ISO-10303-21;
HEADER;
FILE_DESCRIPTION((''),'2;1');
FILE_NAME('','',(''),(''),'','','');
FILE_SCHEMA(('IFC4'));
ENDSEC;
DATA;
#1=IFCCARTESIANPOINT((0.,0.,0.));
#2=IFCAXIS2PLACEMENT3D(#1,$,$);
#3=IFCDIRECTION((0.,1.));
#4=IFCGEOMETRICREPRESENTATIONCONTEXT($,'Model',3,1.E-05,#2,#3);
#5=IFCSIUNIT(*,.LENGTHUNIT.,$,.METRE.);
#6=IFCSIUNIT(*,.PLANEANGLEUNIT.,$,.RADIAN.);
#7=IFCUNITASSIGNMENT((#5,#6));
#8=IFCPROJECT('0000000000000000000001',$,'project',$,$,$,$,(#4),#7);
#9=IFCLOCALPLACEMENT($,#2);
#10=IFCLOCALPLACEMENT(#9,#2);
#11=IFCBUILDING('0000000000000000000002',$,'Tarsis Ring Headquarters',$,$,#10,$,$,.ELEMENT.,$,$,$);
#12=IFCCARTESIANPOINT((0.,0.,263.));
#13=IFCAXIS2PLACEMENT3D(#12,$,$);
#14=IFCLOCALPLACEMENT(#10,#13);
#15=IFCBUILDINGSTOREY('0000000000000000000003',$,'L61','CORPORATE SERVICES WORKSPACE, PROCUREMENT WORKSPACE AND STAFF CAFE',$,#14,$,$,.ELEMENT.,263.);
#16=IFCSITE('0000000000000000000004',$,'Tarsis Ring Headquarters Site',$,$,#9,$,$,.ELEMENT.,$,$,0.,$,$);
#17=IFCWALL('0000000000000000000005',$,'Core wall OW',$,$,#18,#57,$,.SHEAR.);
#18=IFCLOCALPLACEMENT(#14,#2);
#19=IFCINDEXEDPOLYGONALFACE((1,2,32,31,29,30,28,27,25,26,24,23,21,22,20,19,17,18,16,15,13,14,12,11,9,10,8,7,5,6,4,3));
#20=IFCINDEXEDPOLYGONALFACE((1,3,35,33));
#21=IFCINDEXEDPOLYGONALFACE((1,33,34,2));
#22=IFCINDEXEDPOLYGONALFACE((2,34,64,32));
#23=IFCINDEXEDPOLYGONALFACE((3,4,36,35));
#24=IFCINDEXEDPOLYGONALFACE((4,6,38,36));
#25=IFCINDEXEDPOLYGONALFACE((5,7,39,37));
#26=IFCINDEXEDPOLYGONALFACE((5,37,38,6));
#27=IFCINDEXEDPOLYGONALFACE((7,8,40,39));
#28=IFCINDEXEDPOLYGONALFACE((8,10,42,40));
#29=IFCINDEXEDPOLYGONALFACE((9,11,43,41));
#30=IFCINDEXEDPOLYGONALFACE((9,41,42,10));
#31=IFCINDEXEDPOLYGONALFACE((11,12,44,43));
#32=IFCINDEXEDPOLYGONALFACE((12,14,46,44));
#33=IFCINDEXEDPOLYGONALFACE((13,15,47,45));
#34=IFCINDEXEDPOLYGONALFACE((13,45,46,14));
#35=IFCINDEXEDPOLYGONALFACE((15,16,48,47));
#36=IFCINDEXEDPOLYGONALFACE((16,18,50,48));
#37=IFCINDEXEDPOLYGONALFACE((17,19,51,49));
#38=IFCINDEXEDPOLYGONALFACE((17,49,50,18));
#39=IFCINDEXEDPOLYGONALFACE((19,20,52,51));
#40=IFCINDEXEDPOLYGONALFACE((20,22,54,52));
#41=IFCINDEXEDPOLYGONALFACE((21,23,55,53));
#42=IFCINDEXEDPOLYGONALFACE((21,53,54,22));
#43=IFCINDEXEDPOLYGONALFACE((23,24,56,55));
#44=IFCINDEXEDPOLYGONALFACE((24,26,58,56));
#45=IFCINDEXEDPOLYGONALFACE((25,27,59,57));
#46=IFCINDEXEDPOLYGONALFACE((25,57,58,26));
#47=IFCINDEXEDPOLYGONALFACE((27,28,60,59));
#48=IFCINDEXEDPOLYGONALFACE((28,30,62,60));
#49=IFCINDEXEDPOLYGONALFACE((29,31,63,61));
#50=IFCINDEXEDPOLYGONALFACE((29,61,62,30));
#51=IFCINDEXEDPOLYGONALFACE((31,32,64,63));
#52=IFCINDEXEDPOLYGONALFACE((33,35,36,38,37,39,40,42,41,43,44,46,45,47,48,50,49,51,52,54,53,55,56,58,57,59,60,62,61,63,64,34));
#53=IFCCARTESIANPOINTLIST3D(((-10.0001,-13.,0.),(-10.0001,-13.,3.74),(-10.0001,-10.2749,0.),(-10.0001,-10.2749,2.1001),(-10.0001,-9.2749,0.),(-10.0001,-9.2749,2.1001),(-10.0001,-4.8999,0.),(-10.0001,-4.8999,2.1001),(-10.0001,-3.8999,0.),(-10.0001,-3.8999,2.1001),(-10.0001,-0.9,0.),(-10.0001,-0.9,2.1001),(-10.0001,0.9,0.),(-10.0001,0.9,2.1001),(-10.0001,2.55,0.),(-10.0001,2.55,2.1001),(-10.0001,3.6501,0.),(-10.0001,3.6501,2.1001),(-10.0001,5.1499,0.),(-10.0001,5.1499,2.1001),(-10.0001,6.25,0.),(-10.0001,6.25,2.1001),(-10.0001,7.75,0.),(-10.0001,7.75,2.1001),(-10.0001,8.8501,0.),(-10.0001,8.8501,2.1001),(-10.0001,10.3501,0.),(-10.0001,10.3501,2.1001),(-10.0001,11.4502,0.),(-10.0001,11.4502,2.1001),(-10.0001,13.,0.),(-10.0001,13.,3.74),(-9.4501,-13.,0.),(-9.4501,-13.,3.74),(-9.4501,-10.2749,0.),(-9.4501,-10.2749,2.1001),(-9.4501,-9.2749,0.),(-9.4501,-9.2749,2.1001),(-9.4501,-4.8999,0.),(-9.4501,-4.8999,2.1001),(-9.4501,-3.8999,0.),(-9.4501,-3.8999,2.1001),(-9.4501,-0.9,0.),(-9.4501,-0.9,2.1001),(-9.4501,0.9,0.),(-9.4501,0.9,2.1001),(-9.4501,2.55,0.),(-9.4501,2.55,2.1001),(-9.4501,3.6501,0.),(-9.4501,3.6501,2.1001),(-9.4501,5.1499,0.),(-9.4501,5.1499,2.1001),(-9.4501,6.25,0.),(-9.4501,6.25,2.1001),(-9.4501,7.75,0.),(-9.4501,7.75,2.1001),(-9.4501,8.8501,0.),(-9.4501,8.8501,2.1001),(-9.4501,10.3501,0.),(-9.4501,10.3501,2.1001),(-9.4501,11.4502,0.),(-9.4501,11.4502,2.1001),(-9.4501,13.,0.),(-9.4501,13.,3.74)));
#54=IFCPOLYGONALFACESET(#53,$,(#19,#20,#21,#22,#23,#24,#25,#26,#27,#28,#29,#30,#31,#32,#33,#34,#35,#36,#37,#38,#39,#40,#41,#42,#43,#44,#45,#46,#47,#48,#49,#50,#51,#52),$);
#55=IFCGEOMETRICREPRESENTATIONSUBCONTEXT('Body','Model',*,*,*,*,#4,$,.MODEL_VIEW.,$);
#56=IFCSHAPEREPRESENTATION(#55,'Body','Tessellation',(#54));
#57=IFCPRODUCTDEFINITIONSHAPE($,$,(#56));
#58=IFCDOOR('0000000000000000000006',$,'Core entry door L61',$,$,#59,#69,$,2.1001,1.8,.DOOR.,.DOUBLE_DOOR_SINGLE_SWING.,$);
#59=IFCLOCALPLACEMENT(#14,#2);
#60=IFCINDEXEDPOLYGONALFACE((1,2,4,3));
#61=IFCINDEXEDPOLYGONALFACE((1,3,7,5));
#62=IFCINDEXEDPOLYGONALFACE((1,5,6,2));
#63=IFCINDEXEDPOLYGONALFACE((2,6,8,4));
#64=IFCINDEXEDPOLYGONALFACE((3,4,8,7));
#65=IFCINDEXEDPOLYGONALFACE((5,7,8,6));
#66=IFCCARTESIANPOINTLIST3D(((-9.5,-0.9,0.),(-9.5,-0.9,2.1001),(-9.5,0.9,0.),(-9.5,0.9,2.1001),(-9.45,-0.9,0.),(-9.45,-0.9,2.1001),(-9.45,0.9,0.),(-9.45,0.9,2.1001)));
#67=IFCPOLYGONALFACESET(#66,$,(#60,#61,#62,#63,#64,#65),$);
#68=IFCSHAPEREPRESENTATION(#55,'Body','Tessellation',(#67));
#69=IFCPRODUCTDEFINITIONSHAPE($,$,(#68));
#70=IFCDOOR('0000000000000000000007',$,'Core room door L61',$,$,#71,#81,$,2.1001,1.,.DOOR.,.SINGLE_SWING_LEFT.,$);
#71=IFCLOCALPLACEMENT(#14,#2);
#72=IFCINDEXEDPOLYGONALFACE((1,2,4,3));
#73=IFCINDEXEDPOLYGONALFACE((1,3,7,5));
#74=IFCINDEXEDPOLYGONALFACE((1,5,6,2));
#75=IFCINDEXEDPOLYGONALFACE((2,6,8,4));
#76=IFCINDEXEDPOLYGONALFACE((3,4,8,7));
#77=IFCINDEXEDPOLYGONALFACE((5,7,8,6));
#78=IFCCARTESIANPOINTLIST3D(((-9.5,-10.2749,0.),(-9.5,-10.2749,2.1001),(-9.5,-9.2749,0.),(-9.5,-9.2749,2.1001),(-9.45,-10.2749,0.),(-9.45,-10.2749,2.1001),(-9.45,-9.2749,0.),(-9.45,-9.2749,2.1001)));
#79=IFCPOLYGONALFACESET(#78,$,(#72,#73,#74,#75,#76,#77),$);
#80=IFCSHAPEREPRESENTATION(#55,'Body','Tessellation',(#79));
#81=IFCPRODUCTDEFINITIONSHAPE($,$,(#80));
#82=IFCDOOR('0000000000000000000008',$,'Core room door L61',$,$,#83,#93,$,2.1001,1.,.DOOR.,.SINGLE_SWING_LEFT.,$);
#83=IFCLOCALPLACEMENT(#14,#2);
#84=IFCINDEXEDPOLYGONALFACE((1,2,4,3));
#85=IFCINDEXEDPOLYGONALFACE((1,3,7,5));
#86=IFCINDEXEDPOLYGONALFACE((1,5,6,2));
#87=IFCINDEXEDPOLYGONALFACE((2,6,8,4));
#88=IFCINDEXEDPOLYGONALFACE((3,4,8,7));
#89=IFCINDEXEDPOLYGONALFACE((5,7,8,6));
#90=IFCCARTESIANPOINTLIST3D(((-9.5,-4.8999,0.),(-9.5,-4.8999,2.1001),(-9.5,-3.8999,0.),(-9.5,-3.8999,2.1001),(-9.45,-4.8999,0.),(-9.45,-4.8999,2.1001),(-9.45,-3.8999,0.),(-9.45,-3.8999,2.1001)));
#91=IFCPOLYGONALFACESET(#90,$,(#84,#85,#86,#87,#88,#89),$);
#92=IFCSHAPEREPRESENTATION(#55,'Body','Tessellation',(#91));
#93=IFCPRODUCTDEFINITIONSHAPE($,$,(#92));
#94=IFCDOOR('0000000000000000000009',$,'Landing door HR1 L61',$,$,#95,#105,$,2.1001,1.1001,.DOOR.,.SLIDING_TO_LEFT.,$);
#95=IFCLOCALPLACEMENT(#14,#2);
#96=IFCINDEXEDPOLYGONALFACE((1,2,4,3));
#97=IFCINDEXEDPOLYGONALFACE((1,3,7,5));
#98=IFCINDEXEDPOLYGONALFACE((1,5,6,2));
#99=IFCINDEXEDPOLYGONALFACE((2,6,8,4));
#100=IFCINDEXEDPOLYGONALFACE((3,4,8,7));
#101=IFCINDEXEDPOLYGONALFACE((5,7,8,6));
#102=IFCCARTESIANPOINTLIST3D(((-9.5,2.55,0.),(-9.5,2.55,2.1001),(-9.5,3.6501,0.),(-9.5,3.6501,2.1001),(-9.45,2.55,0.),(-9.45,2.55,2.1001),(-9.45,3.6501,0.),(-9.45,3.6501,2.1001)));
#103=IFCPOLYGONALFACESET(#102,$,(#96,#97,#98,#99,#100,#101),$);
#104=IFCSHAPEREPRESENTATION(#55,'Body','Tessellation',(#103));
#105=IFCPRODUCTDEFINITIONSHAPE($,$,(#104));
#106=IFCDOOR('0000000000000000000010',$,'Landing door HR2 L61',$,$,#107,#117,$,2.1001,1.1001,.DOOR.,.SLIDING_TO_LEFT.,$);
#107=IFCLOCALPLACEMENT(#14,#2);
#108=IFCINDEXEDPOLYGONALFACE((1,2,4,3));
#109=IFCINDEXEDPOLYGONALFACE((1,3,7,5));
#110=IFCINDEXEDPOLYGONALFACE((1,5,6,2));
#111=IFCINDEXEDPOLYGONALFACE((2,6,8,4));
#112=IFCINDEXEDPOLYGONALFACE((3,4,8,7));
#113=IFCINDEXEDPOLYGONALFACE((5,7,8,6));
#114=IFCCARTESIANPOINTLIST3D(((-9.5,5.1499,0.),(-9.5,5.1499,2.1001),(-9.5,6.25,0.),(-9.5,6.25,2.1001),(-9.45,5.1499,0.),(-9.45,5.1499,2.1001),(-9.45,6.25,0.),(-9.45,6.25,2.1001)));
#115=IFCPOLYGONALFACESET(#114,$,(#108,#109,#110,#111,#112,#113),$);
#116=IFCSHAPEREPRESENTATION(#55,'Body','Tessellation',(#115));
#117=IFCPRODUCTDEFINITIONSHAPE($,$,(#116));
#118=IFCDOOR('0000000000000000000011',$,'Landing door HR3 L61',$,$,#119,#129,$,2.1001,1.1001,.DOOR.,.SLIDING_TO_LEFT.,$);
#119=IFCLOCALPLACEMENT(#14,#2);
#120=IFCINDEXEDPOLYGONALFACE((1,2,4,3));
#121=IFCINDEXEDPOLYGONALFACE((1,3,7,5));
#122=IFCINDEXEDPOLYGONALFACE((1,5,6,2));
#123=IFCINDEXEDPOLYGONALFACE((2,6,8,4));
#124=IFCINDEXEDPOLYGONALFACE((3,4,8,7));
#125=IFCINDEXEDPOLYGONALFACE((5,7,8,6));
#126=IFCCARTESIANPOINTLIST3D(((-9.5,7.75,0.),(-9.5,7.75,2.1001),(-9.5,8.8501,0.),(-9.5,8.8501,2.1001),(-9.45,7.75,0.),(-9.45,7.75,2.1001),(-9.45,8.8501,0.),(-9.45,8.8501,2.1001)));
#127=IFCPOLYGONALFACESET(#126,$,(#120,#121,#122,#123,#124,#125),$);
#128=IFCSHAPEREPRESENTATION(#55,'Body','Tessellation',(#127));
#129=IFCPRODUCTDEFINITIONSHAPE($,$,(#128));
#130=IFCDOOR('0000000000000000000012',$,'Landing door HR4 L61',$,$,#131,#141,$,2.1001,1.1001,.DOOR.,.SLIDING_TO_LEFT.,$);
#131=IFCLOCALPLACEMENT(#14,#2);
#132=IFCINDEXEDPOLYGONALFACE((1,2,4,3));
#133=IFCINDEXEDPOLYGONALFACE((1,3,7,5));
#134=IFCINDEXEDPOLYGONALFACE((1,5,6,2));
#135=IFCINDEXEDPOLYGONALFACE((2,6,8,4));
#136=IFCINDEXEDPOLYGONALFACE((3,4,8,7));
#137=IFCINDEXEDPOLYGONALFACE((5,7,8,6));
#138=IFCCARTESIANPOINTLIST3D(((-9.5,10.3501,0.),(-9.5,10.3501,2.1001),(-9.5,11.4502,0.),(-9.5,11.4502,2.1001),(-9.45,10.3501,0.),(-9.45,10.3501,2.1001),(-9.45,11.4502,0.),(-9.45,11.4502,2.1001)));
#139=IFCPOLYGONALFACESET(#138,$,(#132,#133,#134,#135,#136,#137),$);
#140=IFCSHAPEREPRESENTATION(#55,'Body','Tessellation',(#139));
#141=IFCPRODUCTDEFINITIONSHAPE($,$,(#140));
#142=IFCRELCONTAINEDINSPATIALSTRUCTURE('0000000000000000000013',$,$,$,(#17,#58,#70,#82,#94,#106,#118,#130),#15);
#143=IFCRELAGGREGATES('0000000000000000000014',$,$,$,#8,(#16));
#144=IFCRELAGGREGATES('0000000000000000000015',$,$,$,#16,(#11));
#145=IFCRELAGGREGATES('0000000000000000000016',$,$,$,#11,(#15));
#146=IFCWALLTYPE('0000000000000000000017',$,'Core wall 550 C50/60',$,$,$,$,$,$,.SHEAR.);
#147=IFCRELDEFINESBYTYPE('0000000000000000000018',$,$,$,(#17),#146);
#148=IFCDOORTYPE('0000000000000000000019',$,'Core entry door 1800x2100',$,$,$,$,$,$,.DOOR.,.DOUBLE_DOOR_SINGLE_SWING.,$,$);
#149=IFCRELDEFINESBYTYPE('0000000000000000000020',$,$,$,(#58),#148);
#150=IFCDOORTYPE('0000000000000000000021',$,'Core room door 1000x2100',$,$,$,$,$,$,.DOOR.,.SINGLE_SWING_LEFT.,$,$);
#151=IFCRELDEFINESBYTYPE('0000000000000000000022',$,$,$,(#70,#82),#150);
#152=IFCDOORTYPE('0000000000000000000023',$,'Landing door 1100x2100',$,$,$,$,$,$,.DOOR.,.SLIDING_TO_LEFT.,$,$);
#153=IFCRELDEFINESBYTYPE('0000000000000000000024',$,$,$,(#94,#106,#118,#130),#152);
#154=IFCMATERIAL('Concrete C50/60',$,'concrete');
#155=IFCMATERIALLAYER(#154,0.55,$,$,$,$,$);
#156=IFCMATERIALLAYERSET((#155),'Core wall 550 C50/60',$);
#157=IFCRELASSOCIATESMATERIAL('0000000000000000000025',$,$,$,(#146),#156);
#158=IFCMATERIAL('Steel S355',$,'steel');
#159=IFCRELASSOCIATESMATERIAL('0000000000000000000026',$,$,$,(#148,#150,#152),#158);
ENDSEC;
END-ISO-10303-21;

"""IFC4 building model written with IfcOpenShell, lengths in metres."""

from ifc_helpers import new_model, si_unit, direction, frame, frame_2d, origin, place, context, subcontext, project, spatial, rectangle, extrude, material, layer, layer_set, type_object, element, fill, save


model = new_model("IFC4")

# Units and contexts
model_context = context("Model", 3, precision=1e-05, world=origin(), true_north=direction((0.0, 1.0)))
body_context = subcontext(model_context, "Body", "Model", "MODEL_VIEW")
ifc_project = project(units=[si_unit("LENGTHUNIT", "METRE"), si_unit("PLANEANGLEUNIT", "RADIAN")], contexts=[model_context])

# Site, building, storey
site_placement = place(None, origin())
site = spatial("IfcSite", under=ifc_project, at=site_placement, Name="Tarsis Ring Headquarters Site", CompositionType="ELEMENT", RefElevation=0.0)
building_placement = place(site_placement, origin())
building = spatial("IfcBuilding", under=site, at=building_placement, Name="Tarsis Ring Headquarters", CompositionType="ELEMENT")
storey_placement = place(building_placement, frame((0.0, 0.0, 263.0)))
storey = spatial("IfcBuildingStorey", under=building, at=storey_placement, Name="L61", Description="CORPORATE SERVICES WORKSPACE, PROCUREMENT WORKSPACE AND STAFF CAFE", CompositionType="ELEMENT", Elevation=263.0)

# Wall, openings, doors
ifc_material_1 = material(Name="Concrete C50/60", Category="concrete")
ifc_layer_1 = layer(ifc_material_1, 0.55)
ifc_layer_set_1 = layer_set([ifc_layer_1], Name="Core wall 550 C50/60")
wall_type_1 = type_object("IfcWallType", Name="Core wall 550 C50/60", PredefinedType="SHEAR", material=ifc_layer_set_1)
wall_1_placement = place(storey_placement, frame((-9.7251, -13.0, 0.0), z_axis=(0.0, 0.0, 1.0), x_axis=(0.0, 1.0, 0.0)))
wall_1 = element("IfcWall", 1, at=wall_1_placement, inside=storey, type_object=wall_type_1, Name="Core wall OW", PredefinedType="SHEAR", context=body_context, shape_type="SweptSolid", body=[
    extrude(rectangle(XDim=26.0, YDim=0.55, at=frame_2d((13.0, 0.0))), origin(), (0.0, 0.0, 1.0), 3.74),
])
opening_1_placement = place(wall_1_placement, frame((2.7251, 0.0, 0.0)))
opening_1 = element("IfcOpeningElement", 2, at=opening_1_placement, cuts=wall_1, PredefinedType="OPENING", context=body_context, shape_type="SweptSolid", body=[
    extrude(rectangle(XDim=1.0, YDim=2.1001, at=frame_2d((0.5, 1.05))), frame((0.0, 0.2849, 0.0), z_axis=(0.0, -1.0, 0.0), x_axis=(1.0, 0.0, 0.0)), (0.0, 0.0, 1.0), 0.5701),
])
opening_2_placement = place(wall_1_placement, frame((8.1001, 0.0, 0.0)))
opening_2 = element("IfcOpeningElement", 3, at=opening_2_placement, cuts=wall_1, PredefinedType="OPENING", context=body_context, shape_type="SweptSolid", body=[
    extrude(rectangle(XDim=1.0, YDim=2.1001, at=frame_2d((0.5, 1.05))), frame((0.0, 0.2849, 0.0), z_axis=(0.0, -1.0, 0.0), x_axis=(1.0, 0.0, 0.0)), (0.0, 0.0, 1.0), 0.5701),
])
opening_3_placement = place(wall_1_placement, frame((12.1001, 0.0, 0.0)))
opening_3 = element("IfcOpeningElement", 4, at=opening_3_placement, cuts=wall_1, PredefinedType="OPENING", context=body_context, shape_type="SweptSolid", body=[
    extrude(rectangle(XDim=1.8, YDim=2.1001, at=frame_2d((0.8999, 1.05))), frame((0.0, 0.2849, 0.0), z_axis=(0.0, -1.0, 0.0), x_axis=(1.0, 0.0, 0.0)), (0.0, 0.0, 1.0), 0.5701),
])
opening_4_placement = place(wall_1_placement, frame((15.55, 0.0, 0.0)))
opening_4 = element("IfcOpeningElement", 5, at=opening_4_placement, cuts=wall_1, PredefinedType="OPENING", context=body_context, shape_type="SweptSolid", body=[
    extrude(rectangle(XDim=1.1001, YDim=2.1001, at=frame_2d((0.55, 1.05))), frame((0.0, 0.2849, 0.0), z_axis=(0.0, -1.0, 0.0), x_axis=(1.0, 0.0, 0.0)), (0.0, 0.0, 1.0), 0.5701),
])
opening_5_placement = place(wall_1_placement, frame((18.1499, 0.0, 0.0)))
opening_5 = element("IfcOpeningElement", 6, at=opening_5_placement, cuts=wall_1, PredefinedType="OPENING", context=body_context, shape_type="SweptSolid", body=[
    extrude(rectangle(XDim=1.1001, YDim=2.1001, at=frame_2d((0.55, 1.05))), frame((0.0, 0.2849, 0.0), z_axis=(0.0, -1.0, 0.0), x_axis=(1.0, 0.0, 0.0)), (0.0, 0.0, 1.0), 0.5701),
])
opening_6_placement = place(wall_1_placement, frame((20.75, 0.0, 0.0)))
opening_6 = element("IfcOpeningElement", 7, at=opening_6_placement, cuts=wall_1, PredefinedType="OPENING", context=body_context, shape_type="SweptSolid", body=[
    extrude(rectangle(XDim=1.1001, YDim=2.1001, at=frame_2d((0.55, 1.05))), frame((0.0, 0.2849, 0.0), z_axis=(0.0, -1.0, 0.0), x_axis=(1.0, 0.0, 0.0)), (0.0, 0.0, 1.0), 0.5701),
])
opening_7_placement = place(wall_1_placement, frame((23.3501, 0.0, 0.0)))
opening_7 = element("IfcOpeningElement", 8, at=opening_7_placement, cuts=wall_1, PredefinedType="OPENING", context=body_context, shape_type="SweptSolid", body=[
    extrude(rectangle(XDim=1.1001, YDim=2.1001, at=frame_2d((0.55, 1.05))), frame((0.0, 0.2849, 0.0), z_axis=(0.0, -1.0, 0.0), x_axis=(1.0, 0.0, 0.0)), (0.0, 0.0, 1.0), 0.5701),
])
ifc_material_2 = material(Name="Steel S355", Category="steel")
door_type_1 = type_object("IfcDoorType", Name="Core entry door 1800x2100", OperationType="DOUBLE_DOOR_SINGLE_SWING", PredefinedType="DOOR", material=ifc_material_2)
door_1_placement = place(opening_3_placement, origin())
door_1 = element("IfcDoor", 9, at=door_1_placement, inside=storey, type_object=door_type_1, Name="Core entry door L61", OperationType="DOUBLE_DOOR_SINGLE_SWING", OverallHeight=2.1001, OverallWidth=1.8, PredefinedType="DOOR", context=body_context, shape_type="SweptSolid", body=[
    extrude(rectangle(XDim=1.8, YDim=2.1001, at=frame_2d((0.8999, 1.05))), frame((0.0, -0.2251, 0.0), z_axis=(0.0, -1.0, 0.0), x_axis=(1.0, 0.0, 0.0)), (0.0, 0.0, 1.0), 0.05),
])
fill(opening_3, door_1)
door_type_2 = type_object("IfcDoorType", Name="Core room door 1000x2100", OperationType="SINGLE_SWING_LEFT", PredefinedType="DOOR", material=ifc_material_2)
door_2_placement = place(opening_1_placement, origin())
door_2 = element("IfcDoor", 10, at=door_2_placement, inside=storey, type_object=door_type_2, Name="Core room door L61", OperationType="SINGLE_SWING_LEFT", OverallHeight=2.1001, OverallWidth=1.0, PredefinedType="DOOR", context=body_context, shape_type="SweptSolid", body=[
    extrude(rectangle(XDim=1.0, YDim=2.1001, at=frame_2d((0.5, 1.05))), frame((0.0, -0.2251, 0.0), z_axis=(0.0, -1.0, 0.0), x_axis=(1.0, 0.0, 0.0)), (0.0, 0.0, 1.0), 0.05),
])
fill(opening_1, door_2)
door_3_placement = place(opening_2_placement, origin())
door_3 = element("IfcDoor", 11, at=door_3_placement, inside=storey, type_object=door_type_2, Name="Core room door L61", OperationType="SINGLE_SWING_LEFT", OverallHeight=2.1001, OverallWidth=1.0, PredefinedType="DOOR", context=body_context, shape_type="SweptSolid", body=[
    extrude(rectangle(XDim=1.0, YDim=2.1001, at=frame_2d((0.5, 1.05))), frame((0.0, -0.2251, 0.0), z_axis=(0.0, -1.0, 0.0), x_axis=(1.0, 0.0, 0.0)), (0.0, 0.0, 1.0), 0.05),
])
fill(opening_2, door_3)
door_type_3 = type_object("IfcDoorType", Name="Landing door 1100x2100", OperationType="SLIDING_TO_LEFT", PredefinedType="DOOR", material=ifc_material_2)
door_4_placement = place(opening_4_placement, origin())
door_4 = element("IfcDoor", 12, at=door_4_placement, inside=storey, type_object=door_type_3, Name="Landing door HR1 L61", OperationType="SLIDING_TO_LEFT", OverallHeight=2.1001, OverallWidth=1.1001, PredefinedType="DOOR", context=body_context, shape_type="SweptSolid", body=[
    extrude(rectangle(XDim=1.1001, YDim=2.1001, at=frame_2d((0.55, 1.05))), frame((0.0, -0.2251, 0.0), z_axis=(0.0, -1.0, 0.0), x_axis=(1.0, 0.0, 0.0)), (0.0, 0.0, 1.0), 0.05),
])
fill(opening_4, door_4)
door_5_placement = place(opening_5_placement, origin())
door_5 = element("IfcDoor", 13, at=door_5_placement, inside=storey, type_object=door_type_3, Name="Landing door HR2 L61", OperationType="SLIDING_TO_LEFT", OverallHeight=2.1001, OverallWidth=1.1001, PredefinedType="DOOR", context=body_context, shape_type="SweptSolid", body=[
    extrude(rectangle(XDim=1.1001, YDim=2.1001, at=frame_2d((0.55, 1.05))), frame((0.0, -0.2251, 0.0), z_axis=(0.0, -1.0, 0.0), x_axis=(1.0, 0.0, 0.0)), (0.0, 0.0, 1.0), 0.05),
])
fill(opening_5, door_5)
door_6_placement = place(opening_6_placement, origin())
door_6 = element("IfcDoor", 14, at=door_6_placement, inside=storey, type_object=door_type_3, Name="Landing door HR3 L61", OperationType="SLIDING_TO_LEFT", OverallHeight=2.1001, OverallWidth=1.1001, PredefinedType="DOOR", context=body_context, shape_type="SweptSolid", body=[
    extrude(rectangle(XDim=1.1001, YDim=2.1001, at=frame_2d((0.55, 1.05))), frame((0.0, -0.2251, 0.0), z_axis=(0.0, -1.0, 0.0), x_axis=(1.0, 0.0, 0.0)), (0.0, 0.0, 1.0), 0.05),
])
fill(opening_6, door_6)
door_7_placement = place(opening_7_placement, origin())
door_7 = element("IfcDoor", 15, at=door_7_placement, inside=storey, type_object=door_type_3, Name="Landing door HR4 L61", OperationType="SLIDING_TO_LEFT", OverallHeight=2.1001, OverallWidth=1.1001, PredefinedType="DOOR", context=body_context, shape_type="SweptSolid", body=[
    extrude(rectangle(XDim=1.1001, YDim=2.1001, at=frame_2d((0.55, 1.05))), frame((0.0, -0.2251, 0.0), z_axis=(0.0, -1.0, 0.0), x_axis=(1.0, 0.0, 0.0)), (0.0, 0.0, 1.0), 0.05),
])
fill(opening_7, door_7)

save(model, "model.ifc")
